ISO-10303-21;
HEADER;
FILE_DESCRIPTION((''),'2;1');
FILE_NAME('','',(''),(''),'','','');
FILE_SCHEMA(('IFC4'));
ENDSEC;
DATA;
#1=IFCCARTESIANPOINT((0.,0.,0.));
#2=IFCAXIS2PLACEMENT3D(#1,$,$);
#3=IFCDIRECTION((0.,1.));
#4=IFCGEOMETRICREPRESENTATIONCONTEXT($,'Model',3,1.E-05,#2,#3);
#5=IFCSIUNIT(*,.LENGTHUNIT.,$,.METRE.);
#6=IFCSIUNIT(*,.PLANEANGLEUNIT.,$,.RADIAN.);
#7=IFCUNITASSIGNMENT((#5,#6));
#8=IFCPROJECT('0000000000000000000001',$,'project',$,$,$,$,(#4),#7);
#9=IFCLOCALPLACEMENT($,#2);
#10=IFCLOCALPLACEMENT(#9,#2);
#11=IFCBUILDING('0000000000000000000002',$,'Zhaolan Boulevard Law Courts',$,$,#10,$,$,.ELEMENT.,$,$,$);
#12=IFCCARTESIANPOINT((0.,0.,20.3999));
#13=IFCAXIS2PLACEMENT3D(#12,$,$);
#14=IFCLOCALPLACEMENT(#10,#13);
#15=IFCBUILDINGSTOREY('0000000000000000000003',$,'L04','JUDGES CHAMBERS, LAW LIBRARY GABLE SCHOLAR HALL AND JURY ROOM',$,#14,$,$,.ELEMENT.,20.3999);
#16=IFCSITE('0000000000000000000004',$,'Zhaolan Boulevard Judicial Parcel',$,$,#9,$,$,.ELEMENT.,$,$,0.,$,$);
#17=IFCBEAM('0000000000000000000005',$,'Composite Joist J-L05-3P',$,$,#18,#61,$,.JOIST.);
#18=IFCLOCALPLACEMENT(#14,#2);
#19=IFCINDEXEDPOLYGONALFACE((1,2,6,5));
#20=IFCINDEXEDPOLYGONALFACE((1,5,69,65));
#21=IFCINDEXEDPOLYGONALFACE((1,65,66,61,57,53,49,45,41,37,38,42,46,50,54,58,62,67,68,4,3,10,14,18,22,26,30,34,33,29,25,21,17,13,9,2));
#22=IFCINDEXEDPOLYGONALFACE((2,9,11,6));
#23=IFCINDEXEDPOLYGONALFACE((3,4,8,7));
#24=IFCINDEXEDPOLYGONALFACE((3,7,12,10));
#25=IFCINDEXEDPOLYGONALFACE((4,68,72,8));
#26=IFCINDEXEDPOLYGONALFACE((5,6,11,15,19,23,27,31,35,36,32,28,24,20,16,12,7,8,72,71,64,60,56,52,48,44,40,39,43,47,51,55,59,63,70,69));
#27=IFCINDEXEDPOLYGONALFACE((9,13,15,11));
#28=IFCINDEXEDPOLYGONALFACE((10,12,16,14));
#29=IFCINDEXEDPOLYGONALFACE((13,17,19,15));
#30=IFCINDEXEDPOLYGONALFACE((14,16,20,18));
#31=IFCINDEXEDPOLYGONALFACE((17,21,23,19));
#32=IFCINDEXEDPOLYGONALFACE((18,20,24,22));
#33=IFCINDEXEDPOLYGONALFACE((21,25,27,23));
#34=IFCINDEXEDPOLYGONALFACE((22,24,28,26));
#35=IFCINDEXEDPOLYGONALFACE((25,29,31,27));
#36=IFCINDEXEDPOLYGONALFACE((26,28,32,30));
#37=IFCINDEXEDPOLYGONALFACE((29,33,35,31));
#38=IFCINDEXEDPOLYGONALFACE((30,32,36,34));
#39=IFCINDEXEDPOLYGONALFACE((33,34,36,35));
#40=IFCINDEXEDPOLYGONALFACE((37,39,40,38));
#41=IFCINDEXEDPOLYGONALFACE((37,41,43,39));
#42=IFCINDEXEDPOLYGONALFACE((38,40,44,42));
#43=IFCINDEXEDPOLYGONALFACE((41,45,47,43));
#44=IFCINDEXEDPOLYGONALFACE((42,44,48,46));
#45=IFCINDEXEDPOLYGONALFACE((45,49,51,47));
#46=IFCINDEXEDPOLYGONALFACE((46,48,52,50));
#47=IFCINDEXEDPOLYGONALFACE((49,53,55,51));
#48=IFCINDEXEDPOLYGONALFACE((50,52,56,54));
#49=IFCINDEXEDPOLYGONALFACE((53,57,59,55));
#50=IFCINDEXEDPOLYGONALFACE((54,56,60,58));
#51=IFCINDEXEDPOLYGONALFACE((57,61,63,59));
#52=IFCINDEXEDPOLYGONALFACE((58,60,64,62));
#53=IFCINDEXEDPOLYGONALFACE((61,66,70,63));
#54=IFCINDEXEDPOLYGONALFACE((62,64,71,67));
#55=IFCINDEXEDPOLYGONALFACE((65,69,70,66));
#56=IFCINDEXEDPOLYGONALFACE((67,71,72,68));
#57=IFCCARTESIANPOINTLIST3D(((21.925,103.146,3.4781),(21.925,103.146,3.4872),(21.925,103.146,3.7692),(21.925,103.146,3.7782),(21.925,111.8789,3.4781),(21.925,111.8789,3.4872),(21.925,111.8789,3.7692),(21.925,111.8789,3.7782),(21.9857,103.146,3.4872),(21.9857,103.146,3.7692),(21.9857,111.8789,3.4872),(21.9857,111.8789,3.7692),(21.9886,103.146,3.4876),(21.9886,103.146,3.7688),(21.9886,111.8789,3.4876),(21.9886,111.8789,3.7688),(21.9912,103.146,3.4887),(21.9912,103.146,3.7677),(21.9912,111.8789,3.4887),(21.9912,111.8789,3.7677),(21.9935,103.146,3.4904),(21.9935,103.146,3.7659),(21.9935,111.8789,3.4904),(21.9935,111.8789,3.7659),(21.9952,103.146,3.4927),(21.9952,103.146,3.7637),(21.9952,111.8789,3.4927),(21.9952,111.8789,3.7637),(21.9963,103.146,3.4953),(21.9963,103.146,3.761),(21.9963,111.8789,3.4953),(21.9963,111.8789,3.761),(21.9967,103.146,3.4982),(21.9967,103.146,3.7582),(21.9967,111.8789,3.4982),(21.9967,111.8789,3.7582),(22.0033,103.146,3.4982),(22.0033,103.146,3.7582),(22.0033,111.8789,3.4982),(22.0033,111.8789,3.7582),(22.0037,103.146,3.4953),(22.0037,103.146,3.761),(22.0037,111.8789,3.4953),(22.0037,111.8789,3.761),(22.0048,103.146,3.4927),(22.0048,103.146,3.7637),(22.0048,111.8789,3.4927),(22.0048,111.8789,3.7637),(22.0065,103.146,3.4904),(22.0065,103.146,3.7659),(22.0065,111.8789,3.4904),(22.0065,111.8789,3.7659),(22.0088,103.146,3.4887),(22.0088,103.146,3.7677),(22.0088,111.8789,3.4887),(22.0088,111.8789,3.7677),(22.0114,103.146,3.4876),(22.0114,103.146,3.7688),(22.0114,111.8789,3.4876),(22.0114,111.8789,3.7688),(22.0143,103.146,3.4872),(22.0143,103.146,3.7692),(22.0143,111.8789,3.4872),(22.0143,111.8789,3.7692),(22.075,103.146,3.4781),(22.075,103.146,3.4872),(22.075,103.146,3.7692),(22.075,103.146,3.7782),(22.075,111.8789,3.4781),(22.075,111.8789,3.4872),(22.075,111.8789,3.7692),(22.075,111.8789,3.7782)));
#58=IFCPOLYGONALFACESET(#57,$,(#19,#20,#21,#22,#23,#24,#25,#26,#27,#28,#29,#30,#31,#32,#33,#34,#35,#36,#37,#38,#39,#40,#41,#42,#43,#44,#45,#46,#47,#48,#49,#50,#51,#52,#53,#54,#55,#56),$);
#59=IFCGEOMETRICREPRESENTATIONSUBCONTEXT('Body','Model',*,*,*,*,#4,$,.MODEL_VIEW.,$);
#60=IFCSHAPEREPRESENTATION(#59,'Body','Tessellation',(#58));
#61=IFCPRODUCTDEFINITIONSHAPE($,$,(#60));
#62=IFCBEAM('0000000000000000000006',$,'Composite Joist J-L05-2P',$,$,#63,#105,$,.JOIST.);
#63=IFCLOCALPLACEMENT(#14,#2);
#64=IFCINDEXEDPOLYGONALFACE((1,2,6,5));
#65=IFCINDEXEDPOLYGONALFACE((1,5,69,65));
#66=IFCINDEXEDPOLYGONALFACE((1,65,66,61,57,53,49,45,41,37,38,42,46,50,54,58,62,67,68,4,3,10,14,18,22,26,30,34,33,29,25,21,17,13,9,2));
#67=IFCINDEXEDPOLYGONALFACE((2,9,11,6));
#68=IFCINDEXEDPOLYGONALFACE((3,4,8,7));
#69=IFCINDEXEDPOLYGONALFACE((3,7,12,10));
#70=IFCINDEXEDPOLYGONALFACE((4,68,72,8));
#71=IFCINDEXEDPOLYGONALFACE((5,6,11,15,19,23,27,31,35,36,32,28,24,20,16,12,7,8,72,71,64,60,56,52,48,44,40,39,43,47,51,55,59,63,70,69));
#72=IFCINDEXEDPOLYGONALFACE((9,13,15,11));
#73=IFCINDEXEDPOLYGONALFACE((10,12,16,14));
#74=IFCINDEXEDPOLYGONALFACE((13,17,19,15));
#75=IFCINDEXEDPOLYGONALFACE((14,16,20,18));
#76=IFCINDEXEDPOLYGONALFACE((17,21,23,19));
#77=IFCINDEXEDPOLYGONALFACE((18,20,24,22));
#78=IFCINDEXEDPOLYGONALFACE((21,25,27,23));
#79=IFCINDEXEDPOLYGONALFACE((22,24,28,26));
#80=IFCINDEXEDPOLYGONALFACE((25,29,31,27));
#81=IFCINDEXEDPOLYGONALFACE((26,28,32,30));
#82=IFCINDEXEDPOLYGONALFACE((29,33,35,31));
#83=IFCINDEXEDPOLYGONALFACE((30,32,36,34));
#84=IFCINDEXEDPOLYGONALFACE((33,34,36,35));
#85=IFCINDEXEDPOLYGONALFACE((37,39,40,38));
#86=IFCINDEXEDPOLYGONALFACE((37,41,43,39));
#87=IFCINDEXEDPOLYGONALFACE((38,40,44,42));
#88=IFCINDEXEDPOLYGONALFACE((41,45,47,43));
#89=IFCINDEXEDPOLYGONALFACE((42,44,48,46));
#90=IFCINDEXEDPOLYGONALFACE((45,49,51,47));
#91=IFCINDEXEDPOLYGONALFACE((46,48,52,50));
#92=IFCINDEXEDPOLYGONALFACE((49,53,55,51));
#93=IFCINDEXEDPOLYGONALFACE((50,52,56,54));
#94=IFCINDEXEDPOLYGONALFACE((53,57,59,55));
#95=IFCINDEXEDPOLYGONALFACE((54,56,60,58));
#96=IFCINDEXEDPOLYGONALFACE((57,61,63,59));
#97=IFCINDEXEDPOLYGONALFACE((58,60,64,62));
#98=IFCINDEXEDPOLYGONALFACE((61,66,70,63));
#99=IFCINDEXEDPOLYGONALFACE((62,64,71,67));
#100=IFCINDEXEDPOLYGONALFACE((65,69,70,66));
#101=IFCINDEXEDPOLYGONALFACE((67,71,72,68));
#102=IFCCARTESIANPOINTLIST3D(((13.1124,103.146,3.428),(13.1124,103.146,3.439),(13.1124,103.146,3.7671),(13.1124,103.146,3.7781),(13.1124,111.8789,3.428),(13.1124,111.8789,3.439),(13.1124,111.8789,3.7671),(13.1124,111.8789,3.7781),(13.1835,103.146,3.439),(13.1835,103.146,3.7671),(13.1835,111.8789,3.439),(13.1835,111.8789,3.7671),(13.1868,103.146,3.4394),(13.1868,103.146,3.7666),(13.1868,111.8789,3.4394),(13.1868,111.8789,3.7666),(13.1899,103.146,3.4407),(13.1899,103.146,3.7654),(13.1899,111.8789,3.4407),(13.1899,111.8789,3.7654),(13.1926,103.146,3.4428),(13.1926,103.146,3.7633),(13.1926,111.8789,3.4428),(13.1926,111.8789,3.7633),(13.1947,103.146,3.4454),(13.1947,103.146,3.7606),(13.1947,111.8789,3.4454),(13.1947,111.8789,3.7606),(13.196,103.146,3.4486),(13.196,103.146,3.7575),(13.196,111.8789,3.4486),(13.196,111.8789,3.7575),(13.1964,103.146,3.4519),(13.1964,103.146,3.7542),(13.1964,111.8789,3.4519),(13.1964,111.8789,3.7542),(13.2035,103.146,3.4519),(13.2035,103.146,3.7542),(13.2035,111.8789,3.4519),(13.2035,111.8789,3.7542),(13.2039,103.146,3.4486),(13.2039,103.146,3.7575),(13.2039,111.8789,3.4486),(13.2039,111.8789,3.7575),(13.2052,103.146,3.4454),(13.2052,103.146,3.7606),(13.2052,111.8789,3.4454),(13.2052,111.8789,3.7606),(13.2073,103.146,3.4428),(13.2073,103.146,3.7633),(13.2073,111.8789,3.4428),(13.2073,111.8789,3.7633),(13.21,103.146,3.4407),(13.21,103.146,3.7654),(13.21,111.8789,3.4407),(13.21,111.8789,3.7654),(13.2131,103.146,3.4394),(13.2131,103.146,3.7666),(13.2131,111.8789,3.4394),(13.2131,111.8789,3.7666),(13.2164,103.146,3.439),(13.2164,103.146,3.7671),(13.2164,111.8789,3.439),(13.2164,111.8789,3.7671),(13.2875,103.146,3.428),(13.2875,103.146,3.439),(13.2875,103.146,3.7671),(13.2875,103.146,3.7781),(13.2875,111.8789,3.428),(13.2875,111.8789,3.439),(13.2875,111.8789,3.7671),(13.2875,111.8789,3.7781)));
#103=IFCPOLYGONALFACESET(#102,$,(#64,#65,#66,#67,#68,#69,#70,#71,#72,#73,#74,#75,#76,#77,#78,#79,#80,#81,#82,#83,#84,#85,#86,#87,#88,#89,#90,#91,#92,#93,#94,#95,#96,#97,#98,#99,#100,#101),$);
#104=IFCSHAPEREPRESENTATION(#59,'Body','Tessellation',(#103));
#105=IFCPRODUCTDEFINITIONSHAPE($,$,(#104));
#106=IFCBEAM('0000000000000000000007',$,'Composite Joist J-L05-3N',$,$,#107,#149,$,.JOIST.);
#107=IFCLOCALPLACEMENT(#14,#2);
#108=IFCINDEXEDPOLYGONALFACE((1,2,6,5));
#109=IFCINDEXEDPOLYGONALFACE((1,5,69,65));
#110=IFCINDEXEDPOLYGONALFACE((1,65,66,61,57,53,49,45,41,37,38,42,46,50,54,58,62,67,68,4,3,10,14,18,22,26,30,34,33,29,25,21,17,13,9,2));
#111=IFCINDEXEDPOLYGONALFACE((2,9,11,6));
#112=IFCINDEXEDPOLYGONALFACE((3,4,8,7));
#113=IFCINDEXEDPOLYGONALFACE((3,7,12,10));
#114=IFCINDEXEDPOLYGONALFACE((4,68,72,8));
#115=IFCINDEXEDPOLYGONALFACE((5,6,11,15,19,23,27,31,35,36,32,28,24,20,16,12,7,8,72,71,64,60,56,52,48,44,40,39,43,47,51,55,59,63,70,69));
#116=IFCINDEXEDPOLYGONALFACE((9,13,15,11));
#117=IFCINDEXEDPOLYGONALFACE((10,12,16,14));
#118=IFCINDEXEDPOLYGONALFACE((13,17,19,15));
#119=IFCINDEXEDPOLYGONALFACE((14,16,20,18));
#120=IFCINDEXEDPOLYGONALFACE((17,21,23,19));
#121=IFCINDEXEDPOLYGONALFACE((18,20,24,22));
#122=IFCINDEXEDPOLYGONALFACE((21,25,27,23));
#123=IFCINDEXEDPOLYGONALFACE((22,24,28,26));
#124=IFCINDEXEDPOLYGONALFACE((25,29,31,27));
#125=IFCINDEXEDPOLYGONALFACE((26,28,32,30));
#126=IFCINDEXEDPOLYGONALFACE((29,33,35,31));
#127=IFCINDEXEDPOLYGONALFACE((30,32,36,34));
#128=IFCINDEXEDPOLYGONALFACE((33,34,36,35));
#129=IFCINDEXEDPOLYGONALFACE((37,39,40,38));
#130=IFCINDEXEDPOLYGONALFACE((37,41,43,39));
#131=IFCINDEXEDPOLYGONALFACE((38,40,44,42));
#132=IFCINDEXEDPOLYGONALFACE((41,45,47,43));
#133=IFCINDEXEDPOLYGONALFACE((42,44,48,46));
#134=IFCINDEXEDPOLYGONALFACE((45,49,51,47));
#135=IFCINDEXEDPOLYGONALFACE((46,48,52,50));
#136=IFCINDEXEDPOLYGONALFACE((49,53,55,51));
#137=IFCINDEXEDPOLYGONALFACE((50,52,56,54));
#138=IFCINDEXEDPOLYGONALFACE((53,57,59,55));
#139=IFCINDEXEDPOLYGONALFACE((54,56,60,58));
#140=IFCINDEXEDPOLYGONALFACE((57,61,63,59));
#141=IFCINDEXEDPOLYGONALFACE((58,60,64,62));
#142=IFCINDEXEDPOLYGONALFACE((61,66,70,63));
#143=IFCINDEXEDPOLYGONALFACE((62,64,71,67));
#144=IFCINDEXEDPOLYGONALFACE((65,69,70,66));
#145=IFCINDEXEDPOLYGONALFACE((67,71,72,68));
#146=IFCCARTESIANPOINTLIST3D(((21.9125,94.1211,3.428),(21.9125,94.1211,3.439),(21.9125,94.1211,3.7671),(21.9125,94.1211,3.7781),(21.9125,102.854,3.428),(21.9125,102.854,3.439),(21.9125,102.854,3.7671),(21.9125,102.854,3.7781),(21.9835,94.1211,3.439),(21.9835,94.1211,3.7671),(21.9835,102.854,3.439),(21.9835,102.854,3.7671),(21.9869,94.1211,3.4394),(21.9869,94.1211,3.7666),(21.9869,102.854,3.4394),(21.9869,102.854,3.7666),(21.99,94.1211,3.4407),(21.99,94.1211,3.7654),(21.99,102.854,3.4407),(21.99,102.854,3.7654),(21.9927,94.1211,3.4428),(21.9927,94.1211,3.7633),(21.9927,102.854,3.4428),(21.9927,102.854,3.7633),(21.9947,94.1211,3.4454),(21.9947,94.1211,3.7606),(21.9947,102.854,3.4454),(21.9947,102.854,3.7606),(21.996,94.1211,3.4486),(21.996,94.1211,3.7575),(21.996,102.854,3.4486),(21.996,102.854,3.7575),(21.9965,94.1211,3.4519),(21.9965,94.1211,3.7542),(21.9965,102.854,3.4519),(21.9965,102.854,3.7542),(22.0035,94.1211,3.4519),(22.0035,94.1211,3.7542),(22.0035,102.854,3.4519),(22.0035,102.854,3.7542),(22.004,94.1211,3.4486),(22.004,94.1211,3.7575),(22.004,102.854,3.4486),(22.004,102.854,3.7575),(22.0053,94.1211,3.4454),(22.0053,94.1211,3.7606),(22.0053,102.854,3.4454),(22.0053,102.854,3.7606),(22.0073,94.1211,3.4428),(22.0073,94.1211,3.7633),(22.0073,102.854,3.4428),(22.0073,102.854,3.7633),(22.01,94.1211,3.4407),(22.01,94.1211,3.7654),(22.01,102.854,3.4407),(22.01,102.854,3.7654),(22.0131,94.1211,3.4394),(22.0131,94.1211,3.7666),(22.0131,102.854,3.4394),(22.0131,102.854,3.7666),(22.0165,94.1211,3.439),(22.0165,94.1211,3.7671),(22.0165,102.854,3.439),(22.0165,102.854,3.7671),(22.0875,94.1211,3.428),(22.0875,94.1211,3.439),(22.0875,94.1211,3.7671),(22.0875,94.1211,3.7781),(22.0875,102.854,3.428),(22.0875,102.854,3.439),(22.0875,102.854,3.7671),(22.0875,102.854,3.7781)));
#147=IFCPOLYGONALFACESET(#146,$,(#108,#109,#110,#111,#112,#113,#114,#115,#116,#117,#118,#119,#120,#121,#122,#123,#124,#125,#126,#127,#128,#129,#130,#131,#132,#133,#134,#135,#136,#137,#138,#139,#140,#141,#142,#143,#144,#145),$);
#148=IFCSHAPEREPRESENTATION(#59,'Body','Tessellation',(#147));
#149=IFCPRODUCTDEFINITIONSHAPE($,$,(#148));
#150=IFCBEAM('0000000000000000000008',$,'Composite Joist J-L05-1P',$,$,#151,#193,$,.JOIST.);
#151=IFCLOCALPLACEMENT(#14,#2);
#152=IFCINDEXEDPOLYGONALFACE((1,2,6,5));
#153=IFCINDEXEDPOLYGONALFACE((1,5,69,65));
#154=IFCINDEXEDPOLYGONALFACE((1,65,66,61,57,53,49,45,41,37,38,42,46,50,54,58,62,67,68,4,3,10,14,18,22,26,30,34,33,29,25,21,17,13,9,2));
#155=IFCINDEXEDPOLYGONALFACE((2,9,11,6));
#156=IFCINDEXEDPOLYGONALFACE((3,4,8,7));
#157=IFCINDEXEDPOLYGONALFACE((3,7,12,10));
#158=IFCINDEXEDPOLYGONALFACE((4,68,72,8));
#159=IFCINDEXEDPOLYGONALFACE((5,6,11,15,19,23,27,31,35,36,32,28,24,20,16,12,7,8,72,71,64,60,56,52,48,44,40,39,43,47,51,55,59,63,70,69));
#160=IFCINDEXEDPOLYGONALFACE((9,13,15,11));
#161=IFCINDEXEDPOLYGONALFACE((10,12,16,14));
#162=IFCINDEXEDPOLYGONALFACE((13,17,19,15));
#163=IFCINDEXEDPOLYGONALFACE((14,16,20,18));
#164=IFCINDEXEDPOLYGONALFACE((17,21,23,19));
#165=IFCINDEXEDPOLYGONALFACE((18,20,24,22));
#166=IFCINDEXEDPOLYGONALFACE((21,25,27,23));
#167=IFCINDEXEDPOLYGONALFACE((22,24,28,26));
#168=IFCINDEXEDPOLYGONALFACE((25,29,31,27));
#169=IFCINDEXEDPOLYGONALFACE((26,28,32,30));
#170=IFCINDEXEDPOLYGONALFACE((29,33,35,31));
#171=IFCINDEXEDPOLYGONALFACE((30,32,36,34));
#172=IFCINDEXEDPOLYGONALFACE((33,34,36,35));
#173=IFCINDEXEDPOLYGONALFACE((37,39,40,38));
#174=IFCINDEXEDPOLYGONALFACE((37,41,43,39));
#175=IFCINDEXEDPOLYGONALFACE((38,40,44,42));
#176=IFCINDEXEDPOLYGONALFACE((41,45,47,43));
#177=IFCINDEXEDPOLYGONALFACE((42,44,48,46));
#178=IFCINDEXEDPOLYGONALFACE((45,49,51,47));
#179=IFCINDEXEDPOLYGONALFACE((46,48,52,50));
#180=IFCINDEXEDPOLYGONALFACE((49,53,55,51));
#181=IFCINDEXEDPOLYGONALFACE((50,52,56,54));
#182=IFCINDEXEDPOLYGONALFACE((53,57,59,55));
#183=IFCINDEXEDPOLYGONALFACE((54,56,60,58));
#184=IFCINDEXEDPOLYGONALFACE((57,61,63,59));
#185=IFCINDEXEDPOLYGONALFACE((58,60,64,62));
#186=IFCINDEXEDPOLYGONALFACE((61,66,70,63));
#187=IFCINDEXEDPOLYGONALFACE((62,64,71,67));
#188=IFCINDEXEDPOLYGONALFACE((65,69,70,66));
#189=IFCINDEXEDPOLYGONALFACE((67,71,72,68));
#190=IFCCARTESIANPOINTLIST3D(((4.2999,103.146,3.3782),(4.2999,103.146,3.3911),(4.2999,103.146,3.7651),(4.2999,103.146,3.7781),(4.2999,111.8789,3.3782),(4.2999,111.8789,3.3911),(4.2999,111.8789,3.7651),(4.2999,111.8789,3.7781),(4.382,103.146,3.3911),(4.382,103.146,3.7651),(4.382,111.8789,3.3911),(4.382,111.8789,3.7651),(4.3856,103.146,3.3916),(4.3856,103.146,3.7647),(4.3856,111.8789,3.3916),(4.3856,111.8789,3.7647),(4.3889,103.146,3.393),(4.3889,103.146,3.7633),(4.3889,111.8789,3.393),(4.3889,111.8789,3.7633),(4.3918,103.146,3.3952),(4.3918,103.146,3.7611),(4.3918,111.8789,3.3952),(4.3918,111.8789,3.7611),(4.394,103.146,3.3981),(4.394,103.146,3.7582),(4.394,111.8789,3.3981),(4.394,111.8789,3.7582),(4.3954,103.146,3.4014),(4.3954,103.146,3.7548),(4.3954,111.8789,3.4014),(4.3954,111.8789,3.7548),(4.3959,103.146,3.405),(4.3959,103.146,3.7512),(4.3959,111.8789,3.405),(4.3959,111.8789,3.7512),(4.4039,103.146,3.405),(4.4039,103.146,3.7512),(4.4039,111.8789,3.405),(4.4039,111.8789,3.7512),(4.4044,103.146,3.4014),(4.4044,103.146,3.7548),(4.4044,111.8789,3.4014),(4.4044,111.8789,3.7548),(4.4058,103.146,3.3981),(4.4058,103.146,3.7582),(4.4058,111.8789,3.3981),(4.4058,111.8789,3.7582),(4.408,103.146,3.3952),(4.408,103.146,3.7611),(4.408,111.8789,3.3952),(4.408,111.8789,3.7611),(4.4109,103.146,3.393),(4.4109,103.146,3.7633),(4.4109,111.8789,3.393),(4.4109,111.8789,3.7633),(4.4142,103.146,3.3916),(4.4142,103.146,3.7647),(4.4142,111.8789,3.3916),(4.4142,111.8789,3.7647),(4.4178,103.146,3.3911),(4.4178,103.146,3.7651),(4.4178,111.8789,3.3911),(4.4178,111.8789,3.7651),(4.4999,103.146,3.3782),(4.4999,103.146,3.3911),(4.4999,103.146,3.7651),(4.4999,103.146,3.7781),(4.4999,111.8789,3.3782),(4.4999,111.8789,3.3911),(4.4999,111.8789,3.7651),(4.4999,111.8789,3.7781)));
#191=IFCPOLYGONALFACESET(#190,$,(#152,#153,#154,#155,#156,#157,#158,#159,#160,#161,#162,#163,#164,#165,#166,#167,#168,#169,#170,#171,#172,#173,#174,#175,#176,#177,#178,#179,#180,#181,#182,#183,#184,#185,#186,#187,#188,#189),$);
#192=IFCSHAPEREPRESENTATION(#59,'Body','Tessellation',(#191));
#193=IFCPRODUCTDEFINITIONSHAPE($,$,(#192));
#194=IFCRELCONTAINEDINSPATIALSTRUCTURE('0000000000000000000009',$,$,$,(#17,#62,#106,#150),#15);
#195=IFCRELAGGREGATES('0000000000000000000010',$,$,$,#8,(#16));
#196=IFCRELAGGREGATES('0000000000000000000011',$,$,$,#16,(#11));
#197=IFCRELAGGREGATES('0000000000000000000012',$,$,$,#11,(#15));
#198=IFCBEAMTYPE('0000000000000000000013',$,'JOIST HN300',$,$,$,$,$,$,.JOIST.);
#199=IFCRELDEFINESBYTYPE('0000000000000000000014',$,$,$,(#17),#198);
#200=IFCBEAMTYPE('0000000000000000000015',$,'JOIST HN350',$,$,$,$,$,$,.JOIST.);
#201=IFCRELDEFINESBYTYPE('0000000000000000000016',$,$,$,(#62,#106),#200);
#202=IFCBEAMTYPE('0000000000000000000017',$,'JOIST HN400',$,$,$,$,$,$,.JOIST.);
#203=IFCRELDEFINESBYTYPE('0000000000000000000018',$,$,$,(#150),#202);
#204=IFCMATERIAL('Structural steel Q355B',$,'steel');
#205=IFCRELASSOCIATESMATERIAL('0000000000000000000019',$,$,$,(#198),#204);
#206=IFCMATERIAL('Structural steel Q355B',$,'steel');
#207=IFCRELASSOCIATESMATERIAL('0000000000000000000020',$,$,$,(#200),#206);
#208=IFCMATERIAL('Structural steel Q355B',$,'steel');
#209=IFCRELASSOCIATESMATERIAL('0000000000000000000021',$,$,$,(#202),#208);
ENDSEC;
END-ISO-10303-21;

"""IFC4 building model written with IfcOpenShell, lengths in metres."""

from ifc_helpers import new_model, si_unit, direction, frame, origin, origin_2d, place, context, subcontext, project, spatial, i_section, extrude, material, material_profile, profile_set, type_object, element, save


model = new_model("IFC4")

# Units and contexts
model_context = context("Model", 3, precision=1e-05, world=origin(), true_north=direction((0.0, 1.0)))
body_context = subcontext(model_context, "Body", "Model", "MODEL_VIEW")
ifc_project = project(units=[si_unit("LENGTHUNIT", "METRE"), si_unit("PLANEANGLEUNIT", "RADIAN")], contexts=[model_context])

# Site, building, storey
site_placement = place(None, origin())
site = spatial("IfcSite", under=ifc_project, at=site_placement, Name="Zhaolan Boulevard Judicial Parcel", CompositionType="ELEMENT", RefElevation=0.0)
building_placement = place(site_placement, origin())
building = spatial("IfcBuilding", under=site, at=building_placement, Name="Zhaolan Boulevard Law Courts", CompositionType="ELEMENT")
storey_placement = place(building_placement, frame((0.0, 0.0, 20.3999)))
storey = spatial("IfcBuildingStorey", under=building, at=storey_placement, Name="L04", Description="JUDGES CHAMBERS, LAW LIBRARY GABLE SCHOLAR HALL AND JURY ROOM", CompositionType="ELEMENT", Elevation=20.3999)

# Beams
ifc_material_1 = material(Name="Structural steel Q355B", Category="steel")
ifc_material_profile_1 = material_profile(ifc_material_1, i_section(OverallWidth=0.1499, OverallDepth=0.3, WebThickness=0.0066, FlangeThickness=0.009, FilletRadius=0.011, at=origin_2d()), Name="HN300x150")
ifc_profile_set_1 = profile_set([ifc_material_profile_1], Name="Structural steel Q355B")
beam_type_1 = type_object("IfcBeamType", Name="JOIST HN300", PredefinedType="JOIST", material=ifc_profile_set_1)
beam_1_placement = place(storey_placement, frame((22.0, 103.146, 3.6282), z_axis=(0.0, 1.0, 0.0), x_axis=(-1.0, 0.0, 0.0)))
element("IfcBeam", 1, at=beam_1_placement, inside=storey, type_object=beam_type_1, Name="Composite Joist J-L05-3P", PredefinedType="JOIST", context=body_context, shape_type="SweptSolid", body=[
    extrude(i_section(OverallWidth=0.1499, OverallDepth=0.3, WebThickness=0.0066, FlangeThickness=0.009, FilletRadius=0.011, at=origin_2d()), origin(), (0.0, 0.0, 1.0), 8.7329),
])
ifc_material_2 = material(Name="Structural steel Q355B", Category="steel")
ifc_material_profile_2 = material_profile(ifc_material_2, i_section(OverallWidth=0.175, OverallDepth=0.3501, WebThickness=0.0071, FlangeThickness=0.011, FilletRadius=0.0129, at=origin_2d()), Name="HN350x175")
ifc_profile_set_2 = profile_set([ifc_material_profile_2], Name="Structural steel Q355B")
beam_type_2 = type_object("IfcBeamType", Name="JOIST HN350", PredefinedType="JOIST", material=ifc_profile_set_2)
for number, where, z_axis, x_axis, name in (
    (2, (13.2, 103.146, 3.603), (0.0, 1.0, 0.0), (-1.0, 0.0, 0.0), "Composite Joist J-L05-2P"),
    (3, (22.0, 94.1211, 3.603), (0.0, 1.0, 0.0), (-1.0, 0.0, 0.0), "Composite Joist J-L05-3N"),
):
    element("IfcBeam", number, at=place(storey_placement, frame(where, z_axis=z_axis, x_axis=x_axis)), inside=storey, type_object=beam_type_2, Name=name, PredefinedType="JOIST", context=body_context, shape_type="SweptSolid", body=[
        extrude(i_section(OverallWidth=0.175, OverallDepth=0.3501, WebThickness=0.0071, FlangeThickness=0.011, FilletRadius=0.0129, at=origin_2d()), origin(), (0.0, 0.0, 1.0), 8.7329),
    ])
ifc_material_3 = material(Name="Structural steel Q355B", Category="steel")
ifc_material_profile_3 = material_profile(ifc_material_3, i_section(OverallWidth=0.2, OverallDepth=0.3999, WebThickness=0.0081, FlangeThickness=0.0129, FilletRadius=0.0139, at=origin_2d()), Name="HN400x200")
ifc_profile_set_3 = profile_set([ifc_material_profile_3], Name="Structural steel Q355B")
beam_type_3 = type_object("IfcBeamType", Name="JOIST HN400", PredefinedType="JOIST", material=ifc_profile_set_3)
for number, where, z_axis, x_axis, name in (
    (4, (4.3999, 103.146, 3.5781), (0.0, 1.0, 0.0), (-1.0, 0.0, 0.0), "Composite Joist J-L05-1P"),
):
    element("IfcBeam", number, at=place(storey_placement, frame(where, z_axis=z_axis, x_axis=x_axis)), inside=storey, type_object=beam_type_3, Name=name, PredefinedType="JOIST", context=body_context, shape_type="SweptSolid", body=[
        extrude(i_section(OverallWidth=0.2, OverallDepth=0.3999, WebThickness=0.0081, FlangeThickness=0.0129, FilletRadius=0.0139, at=origin_2d()), origin(), (0.0, 0.0, 1.0), 8.7329),
    ])

save(model, "model.ifc")
